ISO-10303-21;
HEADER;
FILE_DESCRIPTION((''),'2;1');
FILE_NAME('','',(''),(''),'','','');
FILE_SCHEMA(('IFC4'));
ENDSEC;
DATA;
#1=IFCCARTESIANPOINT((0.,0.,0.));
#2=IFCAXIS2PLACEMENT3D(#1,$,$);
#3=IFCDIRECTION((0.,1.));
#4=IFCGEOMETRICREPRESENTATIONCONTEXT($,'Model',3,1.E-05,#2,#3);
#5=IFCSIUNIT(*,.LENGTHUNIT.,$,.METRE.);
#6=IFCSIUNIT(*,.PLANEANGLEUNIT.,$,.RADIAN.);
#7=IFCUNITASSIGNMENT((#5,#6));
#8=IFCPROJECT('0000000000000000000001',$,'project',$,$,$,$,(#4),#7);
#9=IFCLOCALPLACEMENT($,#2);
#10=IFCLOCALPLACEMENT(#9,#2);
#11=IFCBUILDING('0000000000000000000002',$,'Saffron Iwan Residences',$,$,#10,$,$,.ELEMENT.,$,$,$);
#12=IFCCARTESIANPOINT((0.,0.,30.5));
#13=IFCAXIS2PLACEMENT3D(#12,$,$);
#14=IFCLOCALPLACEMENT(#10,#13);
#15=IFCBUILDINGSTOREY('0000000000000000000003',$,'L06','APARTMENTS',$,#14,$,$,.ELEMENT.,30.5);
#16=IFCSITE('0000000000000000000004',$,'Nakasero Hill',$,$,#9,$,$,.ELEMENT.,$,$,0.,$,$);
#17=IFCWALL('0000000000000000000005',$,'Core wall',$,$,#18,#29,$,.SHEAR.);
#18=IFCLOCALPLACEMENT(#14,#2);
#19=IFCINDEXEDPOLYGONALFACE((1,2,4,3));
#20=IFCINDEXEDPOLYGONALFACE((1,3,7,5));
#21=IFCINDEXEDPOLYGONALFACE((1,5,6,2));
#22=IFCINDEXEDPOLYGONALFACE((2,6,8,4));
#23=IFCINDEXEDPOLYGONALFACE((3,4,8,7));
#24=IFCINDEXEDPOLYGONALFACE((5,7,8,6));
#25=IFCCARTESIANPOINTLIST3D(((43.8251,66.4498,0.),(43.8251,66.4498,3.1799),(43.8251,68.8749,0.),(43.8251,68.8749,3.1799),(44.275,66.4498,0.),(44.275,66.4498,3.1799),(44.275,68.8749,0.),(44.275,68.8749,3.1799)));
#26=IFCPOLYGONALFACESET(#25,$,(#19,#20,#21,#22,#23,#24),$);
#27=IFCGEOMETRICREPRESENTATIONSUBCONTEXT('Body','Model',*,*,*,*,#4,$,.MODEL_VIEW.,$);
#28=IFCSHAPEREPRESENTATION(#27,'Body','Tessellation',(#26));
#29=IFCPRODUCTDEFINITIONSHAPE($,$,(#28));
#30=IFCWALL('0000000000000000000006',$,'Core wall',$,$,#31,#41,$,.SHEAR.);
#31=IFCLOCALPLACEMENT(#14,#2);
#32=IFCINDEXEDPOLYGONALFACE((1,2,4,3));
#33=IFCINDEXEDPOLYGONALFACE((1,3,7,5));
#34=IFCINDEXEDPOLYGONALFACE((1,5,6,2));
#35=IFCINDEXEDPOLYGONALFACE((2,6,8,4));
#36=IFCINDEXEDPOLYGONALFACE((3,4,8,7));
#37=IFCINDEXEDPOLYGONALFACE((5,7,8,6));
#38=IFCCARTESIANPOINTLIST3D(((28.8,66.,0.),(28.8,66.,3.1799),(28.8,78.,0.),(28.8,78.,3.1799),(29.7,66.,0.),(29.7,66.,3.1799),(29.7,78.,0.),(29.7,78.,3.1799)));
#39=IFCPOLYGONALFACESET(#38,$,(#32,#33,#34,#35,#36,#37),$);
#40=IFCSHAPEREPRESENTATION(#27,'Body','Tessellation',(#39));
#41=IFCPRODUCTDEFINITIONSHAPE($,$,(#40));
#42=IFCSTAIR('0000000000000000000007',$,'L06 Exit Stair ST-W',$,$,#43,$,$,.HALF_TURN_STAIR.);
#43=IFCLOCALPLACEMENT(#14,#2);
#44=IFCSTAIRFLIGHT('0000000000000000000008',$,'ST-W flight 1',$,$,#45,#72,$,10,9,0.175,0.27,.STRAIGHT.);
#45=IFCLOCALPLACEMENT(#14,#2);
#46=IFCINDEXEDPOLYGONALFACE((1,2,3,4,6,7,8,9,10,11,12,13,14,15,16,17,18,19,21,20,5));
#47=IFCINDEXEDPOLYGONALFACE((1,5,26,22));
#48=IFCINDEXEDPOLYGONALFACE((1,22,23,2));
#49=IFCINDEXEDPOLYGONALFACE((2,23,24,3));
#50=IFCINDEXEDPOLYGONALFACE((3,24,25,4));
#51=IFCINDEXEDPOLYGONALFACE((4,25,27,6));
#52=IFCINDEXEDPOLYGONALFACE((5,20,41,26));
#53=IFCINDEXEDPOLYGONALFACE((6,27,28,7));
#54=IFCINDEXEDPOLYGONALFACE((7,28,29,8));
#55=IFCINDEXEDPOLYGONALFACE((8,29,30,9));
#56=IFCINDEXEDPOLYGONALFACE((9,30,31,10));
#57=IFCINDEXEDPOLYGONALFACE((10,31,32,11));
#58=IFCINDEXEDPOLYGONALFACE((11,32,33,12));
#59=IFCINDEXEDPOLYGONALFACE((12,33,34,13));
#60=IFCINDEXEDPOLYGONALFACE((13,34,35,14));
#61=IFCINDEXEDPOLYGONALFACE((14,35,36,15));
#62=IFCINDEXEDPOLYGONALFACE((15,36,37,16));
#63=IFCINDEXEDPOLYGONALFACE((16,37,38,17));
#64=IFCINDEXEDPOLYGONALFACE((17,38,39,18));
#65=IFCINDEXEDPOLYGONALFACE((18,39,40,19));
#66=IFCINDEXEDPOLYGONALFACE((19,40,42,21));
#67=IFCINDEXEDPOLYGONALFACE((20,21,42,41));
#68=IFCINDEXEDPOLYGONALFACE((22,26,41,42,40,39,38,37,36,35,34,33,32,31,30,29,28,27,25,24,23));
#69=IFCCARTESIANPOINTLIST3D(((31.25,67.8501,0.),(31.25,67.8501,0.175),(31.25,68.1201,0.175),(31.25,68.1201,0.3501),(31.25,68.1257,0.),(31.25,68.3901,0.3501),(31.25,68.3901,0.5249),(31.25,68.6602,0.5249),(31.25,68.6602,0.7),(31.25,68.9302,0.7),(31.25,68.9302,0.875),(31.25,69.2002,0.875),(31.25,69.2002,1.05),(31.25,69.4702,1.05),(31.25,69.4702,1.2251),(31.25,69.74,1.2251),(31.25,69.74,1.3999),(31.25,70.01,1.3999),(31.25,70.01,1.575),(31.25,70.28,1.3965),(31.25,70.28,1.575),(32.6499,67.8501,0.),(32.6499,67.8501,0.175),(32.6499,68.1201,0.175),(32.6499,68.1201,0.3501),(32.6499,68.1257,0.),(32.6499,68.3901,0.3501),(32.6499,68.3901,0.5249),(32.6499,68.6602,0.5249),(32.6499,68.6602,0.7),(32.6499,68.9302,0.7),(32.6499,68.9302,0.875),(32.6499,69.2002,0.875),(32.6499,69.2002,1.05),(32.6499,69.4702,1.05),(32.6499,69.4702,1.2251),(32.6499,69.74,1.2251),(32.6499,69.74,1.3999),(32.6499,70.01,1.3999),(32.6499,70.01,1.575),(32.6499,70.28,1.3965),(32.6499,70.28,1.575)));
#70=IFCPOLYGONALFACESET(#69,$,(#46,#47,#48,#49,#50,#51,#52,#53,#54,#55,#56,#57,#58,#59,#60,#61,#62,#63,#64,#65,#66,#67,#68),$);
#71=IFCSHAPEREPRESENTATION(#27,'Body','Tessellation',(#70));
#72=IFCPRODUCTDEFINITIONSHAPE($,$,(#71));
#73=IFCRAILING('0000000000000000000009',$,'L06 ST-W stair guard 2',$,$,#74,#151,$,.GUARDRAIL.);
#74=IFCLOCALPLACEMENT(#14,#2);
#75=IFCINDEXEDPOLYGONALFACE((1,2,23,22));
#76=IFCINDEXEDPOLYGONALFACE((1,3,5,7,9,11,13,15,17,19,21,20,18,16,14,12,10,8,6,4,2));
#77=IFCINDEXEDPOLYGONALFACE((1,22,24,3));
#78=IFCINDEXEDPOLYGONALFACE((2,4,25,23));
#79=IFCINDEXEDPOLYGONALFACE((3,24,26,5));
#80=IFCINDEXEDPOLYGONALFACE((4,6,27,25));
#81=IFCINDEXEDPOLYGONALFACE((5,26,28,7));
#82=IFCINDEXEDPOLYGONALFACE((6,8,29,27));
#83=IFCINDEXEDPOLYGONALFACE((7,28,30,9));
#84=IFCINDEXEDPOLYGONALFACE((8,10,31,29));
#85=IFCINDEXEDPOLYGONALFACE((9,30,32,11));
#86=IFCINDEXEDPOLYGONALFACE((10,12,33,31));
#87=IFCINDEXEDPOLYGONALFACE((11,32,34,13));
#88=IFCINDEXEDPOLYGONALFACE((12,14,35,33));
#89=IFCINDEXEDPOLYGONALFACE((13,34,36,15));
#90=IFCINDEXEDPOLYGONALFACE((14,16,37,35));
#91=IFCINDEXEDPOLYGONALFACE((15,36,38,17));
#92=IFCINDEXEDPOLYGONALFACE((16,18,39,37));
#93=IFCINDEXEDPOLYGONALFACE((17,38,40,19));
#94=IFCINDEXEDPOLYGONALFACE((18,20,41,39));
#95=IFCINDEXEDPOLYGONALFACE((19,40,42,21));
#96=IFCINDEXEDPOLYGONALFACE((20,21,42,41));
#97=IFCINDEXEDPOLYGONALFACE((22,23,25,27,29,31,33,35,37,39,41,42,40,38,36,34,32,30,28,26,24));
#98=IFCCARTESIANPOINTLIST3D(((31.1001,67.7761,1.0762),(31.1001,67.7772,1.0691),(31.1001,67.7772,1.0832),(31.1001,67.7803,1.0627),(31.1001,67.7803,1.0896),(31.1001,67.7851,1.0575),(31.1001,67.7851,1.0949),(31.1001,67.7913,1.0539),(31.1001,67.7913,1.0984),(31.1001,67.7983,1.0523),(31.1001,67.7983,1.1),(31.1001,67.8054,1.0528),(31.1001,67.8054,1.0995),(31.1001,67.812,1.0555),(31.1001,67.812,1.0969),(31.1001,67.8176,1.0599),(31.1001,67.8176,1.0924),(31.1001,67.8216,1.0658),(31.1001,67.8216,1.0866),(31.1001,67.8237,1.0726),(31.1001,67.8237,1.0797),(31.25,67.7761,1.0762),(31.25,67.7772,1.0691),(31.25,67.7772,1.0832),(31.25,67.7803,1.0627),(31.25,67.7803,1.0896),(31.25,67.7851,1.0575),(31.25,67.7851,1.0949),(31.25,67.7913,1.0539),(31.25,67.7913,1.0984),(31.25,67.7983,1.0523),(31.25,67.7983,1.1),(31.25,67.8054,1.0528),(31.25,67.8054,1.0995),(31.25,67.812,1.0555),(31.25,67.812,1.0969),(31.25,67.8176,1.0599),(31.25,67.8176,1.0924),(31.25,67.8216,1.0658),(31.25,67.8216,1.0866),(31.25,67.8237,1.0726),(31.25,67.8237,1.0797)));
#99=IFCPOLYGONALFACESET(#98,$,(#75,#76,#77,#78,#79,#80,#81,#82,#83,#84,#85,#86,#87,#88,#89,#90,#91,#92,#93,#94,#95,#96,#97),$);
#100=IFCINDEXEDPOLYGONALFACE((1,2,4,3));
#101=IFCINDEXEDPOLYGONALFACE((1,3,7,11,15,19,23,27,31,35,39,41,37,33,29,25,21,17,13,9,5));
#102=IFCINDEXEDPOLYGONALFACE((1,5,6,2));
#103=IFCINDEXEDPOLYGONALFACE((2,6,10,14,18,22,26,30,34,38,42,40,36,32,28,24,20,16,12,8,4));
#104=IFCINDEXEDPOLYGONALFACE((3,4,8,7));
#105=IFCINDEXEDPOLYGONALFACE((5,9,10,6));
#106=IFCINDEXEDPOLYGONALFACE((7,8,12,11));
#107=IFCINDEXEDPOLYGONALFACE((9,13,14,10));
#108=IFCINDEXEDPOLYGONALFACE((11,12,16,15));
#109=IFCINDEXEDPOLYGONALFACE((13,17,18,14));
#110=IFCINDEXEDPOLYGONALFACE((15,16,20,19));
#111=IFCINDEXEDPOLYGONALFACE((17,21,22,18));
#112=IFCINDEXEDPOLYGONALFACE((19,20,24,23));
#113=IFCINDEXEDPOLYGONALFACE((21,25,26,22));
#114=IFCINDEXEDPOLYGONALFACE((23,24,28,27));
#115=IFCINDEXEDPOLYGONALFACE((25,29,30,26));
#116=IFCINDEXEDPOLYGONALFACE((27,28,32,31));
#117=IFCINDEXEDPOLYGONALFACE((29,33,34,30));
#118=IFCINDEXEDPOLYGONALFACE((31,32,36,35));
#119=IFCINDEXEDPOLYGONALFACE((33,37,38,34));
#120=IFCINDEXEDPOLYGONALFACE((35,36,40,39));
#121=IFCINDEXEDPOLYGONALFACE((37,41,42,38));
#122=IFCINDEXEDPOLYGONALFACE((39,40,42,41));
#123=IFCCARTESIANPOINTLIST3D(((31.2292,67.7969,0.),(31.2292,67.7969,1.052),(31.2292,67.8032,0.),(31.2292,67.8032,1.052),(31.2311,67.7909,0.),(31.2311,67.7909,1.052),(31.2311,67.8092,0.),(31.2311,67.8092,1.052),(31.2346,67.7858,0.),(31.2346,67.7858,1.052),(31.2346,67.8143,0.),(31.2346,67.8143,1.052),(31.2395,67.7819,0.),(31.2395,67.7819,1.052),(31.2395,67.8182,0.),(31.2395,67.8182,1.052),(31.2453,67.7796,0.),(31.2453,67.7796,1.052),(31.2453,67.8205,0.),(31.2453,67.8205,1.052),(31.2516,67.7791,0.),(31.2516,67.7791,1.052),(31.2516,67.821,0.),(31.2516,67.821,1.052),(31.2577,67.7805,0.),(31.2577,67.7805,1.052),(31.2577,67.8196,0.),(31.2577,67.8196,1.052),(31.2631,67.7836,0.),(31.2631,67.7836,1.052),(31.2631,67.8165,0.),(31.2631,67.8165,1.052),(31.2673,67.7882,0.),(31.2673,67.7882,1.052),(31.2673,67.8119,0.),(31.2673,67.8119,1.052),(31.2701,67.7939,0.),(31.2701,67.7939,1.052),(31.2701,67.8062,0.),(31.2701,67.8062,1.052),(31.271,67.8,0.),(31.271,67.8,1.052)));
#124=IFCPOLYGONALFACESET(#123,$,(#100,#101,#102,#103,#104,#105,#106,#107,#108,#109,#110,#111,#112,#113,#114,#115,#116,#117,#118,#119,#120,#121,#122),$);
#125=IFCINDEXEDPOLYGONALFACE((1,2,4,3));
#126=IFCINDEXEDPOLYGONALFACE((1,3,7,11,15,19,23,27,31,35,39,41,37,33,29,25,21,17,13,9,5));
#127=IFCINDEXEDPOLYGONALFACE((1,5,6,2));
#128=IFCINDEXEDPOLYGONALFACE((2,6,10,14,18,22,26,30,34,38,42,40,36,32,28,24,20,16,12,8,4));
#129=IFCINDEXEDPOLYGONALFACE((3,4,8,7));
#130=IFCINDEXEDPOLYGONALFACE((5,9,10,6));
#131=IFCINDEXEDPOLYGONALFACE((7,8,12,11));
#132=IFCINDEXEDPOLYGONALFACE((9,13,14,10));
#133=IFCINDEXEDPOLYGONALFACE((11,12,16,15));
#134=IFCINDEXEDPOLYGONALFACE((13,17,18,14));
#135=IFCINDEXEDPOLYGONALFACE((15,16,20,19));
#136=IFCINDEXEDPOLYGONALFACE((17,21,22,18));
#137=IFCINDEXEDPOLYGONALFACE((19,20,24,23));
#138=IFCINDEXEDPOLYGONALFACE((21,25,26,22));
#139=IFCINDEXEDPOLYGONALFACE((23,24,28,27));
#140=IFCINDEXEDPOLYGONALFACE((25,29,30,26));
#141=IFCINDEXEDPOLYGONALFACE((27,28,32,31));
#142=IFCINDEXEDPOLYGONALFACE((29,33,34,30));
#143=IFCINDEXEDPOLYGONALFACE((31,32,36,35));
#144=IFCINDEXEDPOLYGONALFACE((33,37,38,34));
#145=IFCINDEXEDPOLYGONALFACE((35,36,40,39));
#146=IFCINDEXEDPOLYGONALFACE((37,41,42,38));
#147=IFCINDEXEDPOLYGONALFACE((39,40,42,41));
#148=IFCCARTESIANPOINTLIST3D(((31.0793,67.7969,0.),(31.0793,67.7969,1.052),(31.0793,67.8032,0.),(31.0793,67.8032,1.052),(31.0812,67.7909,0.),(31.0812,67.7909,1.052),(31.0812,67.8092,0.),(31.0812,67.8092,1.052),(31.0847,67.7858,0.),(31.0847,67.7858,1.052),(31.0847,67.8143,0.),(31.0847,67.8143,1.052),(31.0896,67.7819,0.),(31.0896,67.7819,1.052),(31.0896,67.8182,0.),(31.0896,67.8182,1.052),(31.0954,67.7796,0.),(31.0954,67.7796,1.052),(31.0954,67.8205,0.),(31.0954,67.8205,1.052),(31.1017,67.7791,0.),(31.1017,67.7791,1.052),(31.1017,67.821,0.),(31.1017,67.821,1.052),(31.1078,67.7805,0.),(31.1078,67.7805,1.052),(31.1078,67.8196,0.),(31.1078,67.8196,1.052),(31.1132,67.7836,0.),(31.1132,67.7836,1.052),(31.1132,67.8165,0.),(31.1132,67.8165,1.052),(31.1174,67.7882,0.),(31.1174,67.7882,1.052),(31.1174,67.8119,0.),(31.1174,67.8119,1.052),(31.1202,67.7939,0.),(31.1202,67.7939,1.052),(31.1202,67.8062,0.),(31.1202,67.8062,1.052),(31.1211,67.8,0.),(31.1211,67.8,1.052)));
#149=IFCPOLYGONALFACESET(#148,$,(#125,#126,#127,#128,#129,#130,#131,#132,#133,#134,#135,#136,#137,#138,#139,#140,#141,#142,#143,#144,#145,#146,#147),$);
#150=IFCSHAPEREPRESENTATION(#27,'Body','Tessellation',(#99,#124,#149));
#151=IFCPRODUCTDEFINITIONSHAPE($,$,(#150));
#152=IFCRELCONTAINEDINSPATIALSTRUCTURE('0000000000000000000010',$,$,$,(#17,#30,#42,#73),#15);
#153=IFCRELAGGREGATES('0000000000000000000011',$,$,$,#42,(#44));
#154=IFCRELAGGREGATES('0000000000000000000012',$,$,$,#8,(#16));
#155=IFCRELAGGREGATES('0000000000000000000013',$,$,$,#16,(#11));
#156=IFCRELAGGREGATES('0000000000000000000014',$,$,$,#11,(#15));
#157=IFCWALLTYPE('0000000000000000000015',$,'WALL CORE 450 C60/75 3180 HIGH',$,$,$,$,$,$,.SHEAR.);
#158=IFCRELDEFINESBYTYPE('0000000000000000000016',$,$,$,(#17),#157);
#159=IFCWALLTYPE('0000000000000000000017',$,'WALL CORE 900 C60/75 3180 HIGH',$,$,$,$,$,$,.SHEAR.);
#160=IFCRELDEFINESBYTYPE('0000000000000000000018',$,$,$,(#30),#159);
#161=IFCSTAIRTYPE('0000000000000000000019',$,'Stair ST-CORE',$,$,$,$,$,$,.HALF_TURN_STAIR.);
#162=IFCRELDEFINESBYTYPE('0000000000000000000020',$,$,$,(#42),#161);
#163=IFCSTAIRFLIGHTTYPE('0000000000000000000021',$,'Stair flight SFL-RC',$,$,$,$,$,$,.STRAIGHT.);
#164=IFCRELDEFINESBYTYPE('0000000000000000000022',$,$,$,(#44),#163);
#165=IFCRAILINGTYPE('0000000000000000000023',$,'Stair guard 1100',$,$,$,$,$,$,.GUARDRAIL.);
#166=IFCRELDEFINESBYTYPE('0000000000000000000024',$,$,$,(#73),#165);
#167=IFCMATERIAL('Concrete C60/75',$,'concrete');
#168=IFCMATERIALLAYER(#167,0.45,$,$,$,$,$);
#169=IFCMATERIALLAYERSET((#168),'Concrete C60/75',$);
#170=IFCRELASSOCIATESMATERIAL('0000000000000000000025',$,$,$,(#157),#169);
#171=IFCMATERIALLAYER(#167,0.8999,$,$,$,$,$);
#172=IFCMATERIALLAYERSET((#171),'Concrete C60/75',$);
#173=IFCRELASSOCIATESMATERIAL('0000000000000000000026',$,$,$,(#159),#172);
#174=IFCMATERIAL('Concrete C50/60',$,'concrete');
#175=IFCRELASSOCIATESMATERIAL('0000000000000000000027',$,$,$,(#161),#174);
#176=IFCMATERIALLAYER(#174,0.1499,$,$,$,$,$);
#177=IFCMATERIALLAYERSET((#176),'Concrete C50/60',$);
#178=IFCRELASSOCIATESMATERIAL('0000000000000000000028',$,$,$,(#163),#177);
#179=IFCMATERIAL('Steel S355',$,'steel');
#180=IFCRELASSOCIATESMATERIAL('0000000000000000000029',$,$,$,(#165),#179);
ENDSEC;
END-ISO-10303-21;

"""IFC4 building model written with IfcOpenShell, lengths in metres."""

from ifc_helpers import new_model, si_unit, direction, frame, frame_2d, origin, origin_2d, place, context, subcontext, project, spatial, polyline, rectangle, circle, outline, extrude, material, layer, layer_set, type_object, element, aggregate, save


model = new_model("IFC4")

# Units and contexts
model_context = context("Model", 3, precision=1e-05, world=origin(), true_north=direction((0.0, 1.0)))
body_context = subcontext(model_context, "Body", "Model", "MODEL_VIEW")
ifc_project = project(units=[si_unit("LENGTHUNIT", "METRE"), si_unit("PLANEANGLEUNIT", "RADIAN")], contexts=[model_context])

# Site, building, storey
site_placement = place(None, origin())
site = spatial("IfcSite", under=ifc_project, at=site_placement, Name="Nakasero Hill", CompositionType="ELEMENT", RefElevation=0.0)
building_placement = place(site_placement, origin())
building = spatial("IfcBuilding", under=site, at=building_placement, Name="Saffron Iwan Residences", CompositionType="ELEMENT")
storey_placement = place(building_placement, frame((0.0, 0.0, 30.5)))
storey = spatial("IfcBuildingStorey", under=building, at=storey_placement, Name="L06", Description="APARTMENTS", CompositionType="ELEMENT", Elevation=30.5)

# Shared definitions
ifc_material_1 = material(Name="Concrete C60/75", Category="concrete")

# Shared definitions
ifc_layer_1 = layer(ifc_material_1, 0.45)
ifc_layer_set_1 = layer_set([ifc_layer_1], Name="Concrete C60/75")
wall_type_1 = type_object("IfcWallType", Name="WALL CORE 450 C60/75 3180 HIGH", PredefinedType="SHEAR", material=ifc_layer_set_1)

# Walls
for number, where, z_axis, x_axis, name in (
    (1, (44.05, 66.45, 0.0), (0.0, 0.0, 1.0), (0.0, 1.0, 0.0), "Core wall"),
):
    element("IfcWall", number, at=place(storey_placement, frame(where, z_axis=z_axis, x_axis=x_axis)), inside=storey, type_object=wall_type_1, Name=name, PredefinedType="SHEAR", context=body_context, shape_type="SweptSolid", body=[
        extrude(rectangle(XDim=2.425, YDim=0.45, at=frame_2d((1.2124, 0.0))), origin(), (0.0, 0.0, 1.0), 3.1799),
    ])
ifc_layer_2 = layer(ifc_material_1, 0.8999)
ifc_layer_set_2 = layer_set([ifc_layer_2], Name="Concrete C60/75")
wall_type_2 = type_object("IfcWallType", Name="WALL CORE 900 C60/75 3180 HIGH", PredefinedType="SHEAR", material=ifc_layer_set_2)
wall_1_placement = place(storey_placement, frame((29.25, 66.0, 0.0), z_axis=(0.0, 0.0, 1.0), x_axis=(0.0, 1.0, 0.0)))
element("IfcWall", 2, at=wall_1_placement, inside=storey, type_object=wall_type_2, Name="Core wall", PredefinedType="SHEAR", context=body_context, shape_type="SweptSolid", body=[
    extrude(rectangle(XDim=12.0, YDim=0.8999, at=frame_2d((6.0, 0.0))), origin(), (0.0, 0.0, 1.0), 3.1799),
])

# Stair, stair flight
ifc_material_2 = material(Name="Concrete C50/60", Category="concrete")
stair_type = type_object("IfcStairType", Name="Stair ST-CORE", PredefinedType="HALF_TURN_STAIR", material=ifc_material_2)
stair_placement = place(storey_placement, origin())
stair = element("IfcStair", 3, at=stair_placement, inside=storey, type_object=stair_type, Name="L06 Exit Stair ST-W", PredefinedType="HALF_TURN_STAIR")
ifc_layer_3 = layer(ifc_material_2, 0.1499)
ifc_layer_set_3 = layer_set([ifc_layer_3], Name="Concrete C50/60")
stair_flight_type = type_object("IfcStairFlightType", Name="Stair flight SFL-RC", PredefinedType="STRAIGHT", material=ifc_layer_set_3)
stair_flight_placement = place(storey_placement, frame((31.95, 67.8501, 0.0), z_axis=(0.0, 0.0, 1.0), x_axis=(0.0, 1.0, 0.0)))
stair_flight = element("IfcStairFlight", 4, at=stair_flight_placement, type_object=stair_flight_type, Name="ST-W flight 1", NumberOfRisers=10, NumberOfTreads=9, PredefinedType="STRAIGHT", RiserHeight=0.175, TreadLength=0.27, context=body_context, shape_type="SweptSolid", body=[
    extrude(outline(polyline([(0.0, 0.0), (0.0, 0.175), (0.27, 0.175), (0.27, 0.3501), (0.54, 0.3501), (0.54, 0.5249), (0.8101, 0.5249), (0.8101, 0.7), (1.0801, 0.7), (1.0801, 0.875), (1.3501, 0.875), (1.3501, 1.05), (1.6201, 1.05), (1.6201, 1.2251), (1.8899, 1.2251), (1.8899, 1.3999), (2.1599, 1.3999), (2.1599, 1.575), (2.4299, 1.575), (2.4299, 1.75), (2.4299, 1.3965), (0.2756, 0.0), (0.0, 0.0)])), frame((0.0, 0.7, 0.0), z_axis=(0.0, -1.0, 0.0), x_axis=(1.0, 0.0, 0.0)), (0.0, 0.0, 1.0), 1.3999),
])
aggregate(stair, [stair_flight])

# Railing
ifc_material_3 = material(Name="Steel S355", Category="steel")
railing_type_1 = type_object("IfcRailingType", Name="Stair guard 1100", PredefinedType="GUARDRAIL", material=ifc_material_3)
railing_1_placement = place(storey_placement, frame((31.25, 67.8, 0.0)))
element("IfcRailing", 5, at=railing_1_placement, inside=storey, type_object=railing_type_1, Name="L06 ST-W stair guard 2", PredefinedType="GUARDRAIL", context=body_context, shape_type="SweptSolid", body=[
    extrude(circle(Radius=0.0239, at=origin_2d()), frame((0.0, 0.0, 1.0762), z_axis=(-1.0, 0.0, 0.0), x_axis=(0.0, -1.0, 0.0)), (0.0, 0.0, 1.0), 0.1499),
    extrude(circle(Radius=0.021, at=origin_2d()), origin(), (0.0, 0.0, 1.0), 1.052),
    extrude(circle(Radius=0.021, at=origin_2d()), frame((-0.1499, 0.0, 0.0)), (0.0, 0.0, 1.0), 1.052),
])

save(model, "model.ifc")
